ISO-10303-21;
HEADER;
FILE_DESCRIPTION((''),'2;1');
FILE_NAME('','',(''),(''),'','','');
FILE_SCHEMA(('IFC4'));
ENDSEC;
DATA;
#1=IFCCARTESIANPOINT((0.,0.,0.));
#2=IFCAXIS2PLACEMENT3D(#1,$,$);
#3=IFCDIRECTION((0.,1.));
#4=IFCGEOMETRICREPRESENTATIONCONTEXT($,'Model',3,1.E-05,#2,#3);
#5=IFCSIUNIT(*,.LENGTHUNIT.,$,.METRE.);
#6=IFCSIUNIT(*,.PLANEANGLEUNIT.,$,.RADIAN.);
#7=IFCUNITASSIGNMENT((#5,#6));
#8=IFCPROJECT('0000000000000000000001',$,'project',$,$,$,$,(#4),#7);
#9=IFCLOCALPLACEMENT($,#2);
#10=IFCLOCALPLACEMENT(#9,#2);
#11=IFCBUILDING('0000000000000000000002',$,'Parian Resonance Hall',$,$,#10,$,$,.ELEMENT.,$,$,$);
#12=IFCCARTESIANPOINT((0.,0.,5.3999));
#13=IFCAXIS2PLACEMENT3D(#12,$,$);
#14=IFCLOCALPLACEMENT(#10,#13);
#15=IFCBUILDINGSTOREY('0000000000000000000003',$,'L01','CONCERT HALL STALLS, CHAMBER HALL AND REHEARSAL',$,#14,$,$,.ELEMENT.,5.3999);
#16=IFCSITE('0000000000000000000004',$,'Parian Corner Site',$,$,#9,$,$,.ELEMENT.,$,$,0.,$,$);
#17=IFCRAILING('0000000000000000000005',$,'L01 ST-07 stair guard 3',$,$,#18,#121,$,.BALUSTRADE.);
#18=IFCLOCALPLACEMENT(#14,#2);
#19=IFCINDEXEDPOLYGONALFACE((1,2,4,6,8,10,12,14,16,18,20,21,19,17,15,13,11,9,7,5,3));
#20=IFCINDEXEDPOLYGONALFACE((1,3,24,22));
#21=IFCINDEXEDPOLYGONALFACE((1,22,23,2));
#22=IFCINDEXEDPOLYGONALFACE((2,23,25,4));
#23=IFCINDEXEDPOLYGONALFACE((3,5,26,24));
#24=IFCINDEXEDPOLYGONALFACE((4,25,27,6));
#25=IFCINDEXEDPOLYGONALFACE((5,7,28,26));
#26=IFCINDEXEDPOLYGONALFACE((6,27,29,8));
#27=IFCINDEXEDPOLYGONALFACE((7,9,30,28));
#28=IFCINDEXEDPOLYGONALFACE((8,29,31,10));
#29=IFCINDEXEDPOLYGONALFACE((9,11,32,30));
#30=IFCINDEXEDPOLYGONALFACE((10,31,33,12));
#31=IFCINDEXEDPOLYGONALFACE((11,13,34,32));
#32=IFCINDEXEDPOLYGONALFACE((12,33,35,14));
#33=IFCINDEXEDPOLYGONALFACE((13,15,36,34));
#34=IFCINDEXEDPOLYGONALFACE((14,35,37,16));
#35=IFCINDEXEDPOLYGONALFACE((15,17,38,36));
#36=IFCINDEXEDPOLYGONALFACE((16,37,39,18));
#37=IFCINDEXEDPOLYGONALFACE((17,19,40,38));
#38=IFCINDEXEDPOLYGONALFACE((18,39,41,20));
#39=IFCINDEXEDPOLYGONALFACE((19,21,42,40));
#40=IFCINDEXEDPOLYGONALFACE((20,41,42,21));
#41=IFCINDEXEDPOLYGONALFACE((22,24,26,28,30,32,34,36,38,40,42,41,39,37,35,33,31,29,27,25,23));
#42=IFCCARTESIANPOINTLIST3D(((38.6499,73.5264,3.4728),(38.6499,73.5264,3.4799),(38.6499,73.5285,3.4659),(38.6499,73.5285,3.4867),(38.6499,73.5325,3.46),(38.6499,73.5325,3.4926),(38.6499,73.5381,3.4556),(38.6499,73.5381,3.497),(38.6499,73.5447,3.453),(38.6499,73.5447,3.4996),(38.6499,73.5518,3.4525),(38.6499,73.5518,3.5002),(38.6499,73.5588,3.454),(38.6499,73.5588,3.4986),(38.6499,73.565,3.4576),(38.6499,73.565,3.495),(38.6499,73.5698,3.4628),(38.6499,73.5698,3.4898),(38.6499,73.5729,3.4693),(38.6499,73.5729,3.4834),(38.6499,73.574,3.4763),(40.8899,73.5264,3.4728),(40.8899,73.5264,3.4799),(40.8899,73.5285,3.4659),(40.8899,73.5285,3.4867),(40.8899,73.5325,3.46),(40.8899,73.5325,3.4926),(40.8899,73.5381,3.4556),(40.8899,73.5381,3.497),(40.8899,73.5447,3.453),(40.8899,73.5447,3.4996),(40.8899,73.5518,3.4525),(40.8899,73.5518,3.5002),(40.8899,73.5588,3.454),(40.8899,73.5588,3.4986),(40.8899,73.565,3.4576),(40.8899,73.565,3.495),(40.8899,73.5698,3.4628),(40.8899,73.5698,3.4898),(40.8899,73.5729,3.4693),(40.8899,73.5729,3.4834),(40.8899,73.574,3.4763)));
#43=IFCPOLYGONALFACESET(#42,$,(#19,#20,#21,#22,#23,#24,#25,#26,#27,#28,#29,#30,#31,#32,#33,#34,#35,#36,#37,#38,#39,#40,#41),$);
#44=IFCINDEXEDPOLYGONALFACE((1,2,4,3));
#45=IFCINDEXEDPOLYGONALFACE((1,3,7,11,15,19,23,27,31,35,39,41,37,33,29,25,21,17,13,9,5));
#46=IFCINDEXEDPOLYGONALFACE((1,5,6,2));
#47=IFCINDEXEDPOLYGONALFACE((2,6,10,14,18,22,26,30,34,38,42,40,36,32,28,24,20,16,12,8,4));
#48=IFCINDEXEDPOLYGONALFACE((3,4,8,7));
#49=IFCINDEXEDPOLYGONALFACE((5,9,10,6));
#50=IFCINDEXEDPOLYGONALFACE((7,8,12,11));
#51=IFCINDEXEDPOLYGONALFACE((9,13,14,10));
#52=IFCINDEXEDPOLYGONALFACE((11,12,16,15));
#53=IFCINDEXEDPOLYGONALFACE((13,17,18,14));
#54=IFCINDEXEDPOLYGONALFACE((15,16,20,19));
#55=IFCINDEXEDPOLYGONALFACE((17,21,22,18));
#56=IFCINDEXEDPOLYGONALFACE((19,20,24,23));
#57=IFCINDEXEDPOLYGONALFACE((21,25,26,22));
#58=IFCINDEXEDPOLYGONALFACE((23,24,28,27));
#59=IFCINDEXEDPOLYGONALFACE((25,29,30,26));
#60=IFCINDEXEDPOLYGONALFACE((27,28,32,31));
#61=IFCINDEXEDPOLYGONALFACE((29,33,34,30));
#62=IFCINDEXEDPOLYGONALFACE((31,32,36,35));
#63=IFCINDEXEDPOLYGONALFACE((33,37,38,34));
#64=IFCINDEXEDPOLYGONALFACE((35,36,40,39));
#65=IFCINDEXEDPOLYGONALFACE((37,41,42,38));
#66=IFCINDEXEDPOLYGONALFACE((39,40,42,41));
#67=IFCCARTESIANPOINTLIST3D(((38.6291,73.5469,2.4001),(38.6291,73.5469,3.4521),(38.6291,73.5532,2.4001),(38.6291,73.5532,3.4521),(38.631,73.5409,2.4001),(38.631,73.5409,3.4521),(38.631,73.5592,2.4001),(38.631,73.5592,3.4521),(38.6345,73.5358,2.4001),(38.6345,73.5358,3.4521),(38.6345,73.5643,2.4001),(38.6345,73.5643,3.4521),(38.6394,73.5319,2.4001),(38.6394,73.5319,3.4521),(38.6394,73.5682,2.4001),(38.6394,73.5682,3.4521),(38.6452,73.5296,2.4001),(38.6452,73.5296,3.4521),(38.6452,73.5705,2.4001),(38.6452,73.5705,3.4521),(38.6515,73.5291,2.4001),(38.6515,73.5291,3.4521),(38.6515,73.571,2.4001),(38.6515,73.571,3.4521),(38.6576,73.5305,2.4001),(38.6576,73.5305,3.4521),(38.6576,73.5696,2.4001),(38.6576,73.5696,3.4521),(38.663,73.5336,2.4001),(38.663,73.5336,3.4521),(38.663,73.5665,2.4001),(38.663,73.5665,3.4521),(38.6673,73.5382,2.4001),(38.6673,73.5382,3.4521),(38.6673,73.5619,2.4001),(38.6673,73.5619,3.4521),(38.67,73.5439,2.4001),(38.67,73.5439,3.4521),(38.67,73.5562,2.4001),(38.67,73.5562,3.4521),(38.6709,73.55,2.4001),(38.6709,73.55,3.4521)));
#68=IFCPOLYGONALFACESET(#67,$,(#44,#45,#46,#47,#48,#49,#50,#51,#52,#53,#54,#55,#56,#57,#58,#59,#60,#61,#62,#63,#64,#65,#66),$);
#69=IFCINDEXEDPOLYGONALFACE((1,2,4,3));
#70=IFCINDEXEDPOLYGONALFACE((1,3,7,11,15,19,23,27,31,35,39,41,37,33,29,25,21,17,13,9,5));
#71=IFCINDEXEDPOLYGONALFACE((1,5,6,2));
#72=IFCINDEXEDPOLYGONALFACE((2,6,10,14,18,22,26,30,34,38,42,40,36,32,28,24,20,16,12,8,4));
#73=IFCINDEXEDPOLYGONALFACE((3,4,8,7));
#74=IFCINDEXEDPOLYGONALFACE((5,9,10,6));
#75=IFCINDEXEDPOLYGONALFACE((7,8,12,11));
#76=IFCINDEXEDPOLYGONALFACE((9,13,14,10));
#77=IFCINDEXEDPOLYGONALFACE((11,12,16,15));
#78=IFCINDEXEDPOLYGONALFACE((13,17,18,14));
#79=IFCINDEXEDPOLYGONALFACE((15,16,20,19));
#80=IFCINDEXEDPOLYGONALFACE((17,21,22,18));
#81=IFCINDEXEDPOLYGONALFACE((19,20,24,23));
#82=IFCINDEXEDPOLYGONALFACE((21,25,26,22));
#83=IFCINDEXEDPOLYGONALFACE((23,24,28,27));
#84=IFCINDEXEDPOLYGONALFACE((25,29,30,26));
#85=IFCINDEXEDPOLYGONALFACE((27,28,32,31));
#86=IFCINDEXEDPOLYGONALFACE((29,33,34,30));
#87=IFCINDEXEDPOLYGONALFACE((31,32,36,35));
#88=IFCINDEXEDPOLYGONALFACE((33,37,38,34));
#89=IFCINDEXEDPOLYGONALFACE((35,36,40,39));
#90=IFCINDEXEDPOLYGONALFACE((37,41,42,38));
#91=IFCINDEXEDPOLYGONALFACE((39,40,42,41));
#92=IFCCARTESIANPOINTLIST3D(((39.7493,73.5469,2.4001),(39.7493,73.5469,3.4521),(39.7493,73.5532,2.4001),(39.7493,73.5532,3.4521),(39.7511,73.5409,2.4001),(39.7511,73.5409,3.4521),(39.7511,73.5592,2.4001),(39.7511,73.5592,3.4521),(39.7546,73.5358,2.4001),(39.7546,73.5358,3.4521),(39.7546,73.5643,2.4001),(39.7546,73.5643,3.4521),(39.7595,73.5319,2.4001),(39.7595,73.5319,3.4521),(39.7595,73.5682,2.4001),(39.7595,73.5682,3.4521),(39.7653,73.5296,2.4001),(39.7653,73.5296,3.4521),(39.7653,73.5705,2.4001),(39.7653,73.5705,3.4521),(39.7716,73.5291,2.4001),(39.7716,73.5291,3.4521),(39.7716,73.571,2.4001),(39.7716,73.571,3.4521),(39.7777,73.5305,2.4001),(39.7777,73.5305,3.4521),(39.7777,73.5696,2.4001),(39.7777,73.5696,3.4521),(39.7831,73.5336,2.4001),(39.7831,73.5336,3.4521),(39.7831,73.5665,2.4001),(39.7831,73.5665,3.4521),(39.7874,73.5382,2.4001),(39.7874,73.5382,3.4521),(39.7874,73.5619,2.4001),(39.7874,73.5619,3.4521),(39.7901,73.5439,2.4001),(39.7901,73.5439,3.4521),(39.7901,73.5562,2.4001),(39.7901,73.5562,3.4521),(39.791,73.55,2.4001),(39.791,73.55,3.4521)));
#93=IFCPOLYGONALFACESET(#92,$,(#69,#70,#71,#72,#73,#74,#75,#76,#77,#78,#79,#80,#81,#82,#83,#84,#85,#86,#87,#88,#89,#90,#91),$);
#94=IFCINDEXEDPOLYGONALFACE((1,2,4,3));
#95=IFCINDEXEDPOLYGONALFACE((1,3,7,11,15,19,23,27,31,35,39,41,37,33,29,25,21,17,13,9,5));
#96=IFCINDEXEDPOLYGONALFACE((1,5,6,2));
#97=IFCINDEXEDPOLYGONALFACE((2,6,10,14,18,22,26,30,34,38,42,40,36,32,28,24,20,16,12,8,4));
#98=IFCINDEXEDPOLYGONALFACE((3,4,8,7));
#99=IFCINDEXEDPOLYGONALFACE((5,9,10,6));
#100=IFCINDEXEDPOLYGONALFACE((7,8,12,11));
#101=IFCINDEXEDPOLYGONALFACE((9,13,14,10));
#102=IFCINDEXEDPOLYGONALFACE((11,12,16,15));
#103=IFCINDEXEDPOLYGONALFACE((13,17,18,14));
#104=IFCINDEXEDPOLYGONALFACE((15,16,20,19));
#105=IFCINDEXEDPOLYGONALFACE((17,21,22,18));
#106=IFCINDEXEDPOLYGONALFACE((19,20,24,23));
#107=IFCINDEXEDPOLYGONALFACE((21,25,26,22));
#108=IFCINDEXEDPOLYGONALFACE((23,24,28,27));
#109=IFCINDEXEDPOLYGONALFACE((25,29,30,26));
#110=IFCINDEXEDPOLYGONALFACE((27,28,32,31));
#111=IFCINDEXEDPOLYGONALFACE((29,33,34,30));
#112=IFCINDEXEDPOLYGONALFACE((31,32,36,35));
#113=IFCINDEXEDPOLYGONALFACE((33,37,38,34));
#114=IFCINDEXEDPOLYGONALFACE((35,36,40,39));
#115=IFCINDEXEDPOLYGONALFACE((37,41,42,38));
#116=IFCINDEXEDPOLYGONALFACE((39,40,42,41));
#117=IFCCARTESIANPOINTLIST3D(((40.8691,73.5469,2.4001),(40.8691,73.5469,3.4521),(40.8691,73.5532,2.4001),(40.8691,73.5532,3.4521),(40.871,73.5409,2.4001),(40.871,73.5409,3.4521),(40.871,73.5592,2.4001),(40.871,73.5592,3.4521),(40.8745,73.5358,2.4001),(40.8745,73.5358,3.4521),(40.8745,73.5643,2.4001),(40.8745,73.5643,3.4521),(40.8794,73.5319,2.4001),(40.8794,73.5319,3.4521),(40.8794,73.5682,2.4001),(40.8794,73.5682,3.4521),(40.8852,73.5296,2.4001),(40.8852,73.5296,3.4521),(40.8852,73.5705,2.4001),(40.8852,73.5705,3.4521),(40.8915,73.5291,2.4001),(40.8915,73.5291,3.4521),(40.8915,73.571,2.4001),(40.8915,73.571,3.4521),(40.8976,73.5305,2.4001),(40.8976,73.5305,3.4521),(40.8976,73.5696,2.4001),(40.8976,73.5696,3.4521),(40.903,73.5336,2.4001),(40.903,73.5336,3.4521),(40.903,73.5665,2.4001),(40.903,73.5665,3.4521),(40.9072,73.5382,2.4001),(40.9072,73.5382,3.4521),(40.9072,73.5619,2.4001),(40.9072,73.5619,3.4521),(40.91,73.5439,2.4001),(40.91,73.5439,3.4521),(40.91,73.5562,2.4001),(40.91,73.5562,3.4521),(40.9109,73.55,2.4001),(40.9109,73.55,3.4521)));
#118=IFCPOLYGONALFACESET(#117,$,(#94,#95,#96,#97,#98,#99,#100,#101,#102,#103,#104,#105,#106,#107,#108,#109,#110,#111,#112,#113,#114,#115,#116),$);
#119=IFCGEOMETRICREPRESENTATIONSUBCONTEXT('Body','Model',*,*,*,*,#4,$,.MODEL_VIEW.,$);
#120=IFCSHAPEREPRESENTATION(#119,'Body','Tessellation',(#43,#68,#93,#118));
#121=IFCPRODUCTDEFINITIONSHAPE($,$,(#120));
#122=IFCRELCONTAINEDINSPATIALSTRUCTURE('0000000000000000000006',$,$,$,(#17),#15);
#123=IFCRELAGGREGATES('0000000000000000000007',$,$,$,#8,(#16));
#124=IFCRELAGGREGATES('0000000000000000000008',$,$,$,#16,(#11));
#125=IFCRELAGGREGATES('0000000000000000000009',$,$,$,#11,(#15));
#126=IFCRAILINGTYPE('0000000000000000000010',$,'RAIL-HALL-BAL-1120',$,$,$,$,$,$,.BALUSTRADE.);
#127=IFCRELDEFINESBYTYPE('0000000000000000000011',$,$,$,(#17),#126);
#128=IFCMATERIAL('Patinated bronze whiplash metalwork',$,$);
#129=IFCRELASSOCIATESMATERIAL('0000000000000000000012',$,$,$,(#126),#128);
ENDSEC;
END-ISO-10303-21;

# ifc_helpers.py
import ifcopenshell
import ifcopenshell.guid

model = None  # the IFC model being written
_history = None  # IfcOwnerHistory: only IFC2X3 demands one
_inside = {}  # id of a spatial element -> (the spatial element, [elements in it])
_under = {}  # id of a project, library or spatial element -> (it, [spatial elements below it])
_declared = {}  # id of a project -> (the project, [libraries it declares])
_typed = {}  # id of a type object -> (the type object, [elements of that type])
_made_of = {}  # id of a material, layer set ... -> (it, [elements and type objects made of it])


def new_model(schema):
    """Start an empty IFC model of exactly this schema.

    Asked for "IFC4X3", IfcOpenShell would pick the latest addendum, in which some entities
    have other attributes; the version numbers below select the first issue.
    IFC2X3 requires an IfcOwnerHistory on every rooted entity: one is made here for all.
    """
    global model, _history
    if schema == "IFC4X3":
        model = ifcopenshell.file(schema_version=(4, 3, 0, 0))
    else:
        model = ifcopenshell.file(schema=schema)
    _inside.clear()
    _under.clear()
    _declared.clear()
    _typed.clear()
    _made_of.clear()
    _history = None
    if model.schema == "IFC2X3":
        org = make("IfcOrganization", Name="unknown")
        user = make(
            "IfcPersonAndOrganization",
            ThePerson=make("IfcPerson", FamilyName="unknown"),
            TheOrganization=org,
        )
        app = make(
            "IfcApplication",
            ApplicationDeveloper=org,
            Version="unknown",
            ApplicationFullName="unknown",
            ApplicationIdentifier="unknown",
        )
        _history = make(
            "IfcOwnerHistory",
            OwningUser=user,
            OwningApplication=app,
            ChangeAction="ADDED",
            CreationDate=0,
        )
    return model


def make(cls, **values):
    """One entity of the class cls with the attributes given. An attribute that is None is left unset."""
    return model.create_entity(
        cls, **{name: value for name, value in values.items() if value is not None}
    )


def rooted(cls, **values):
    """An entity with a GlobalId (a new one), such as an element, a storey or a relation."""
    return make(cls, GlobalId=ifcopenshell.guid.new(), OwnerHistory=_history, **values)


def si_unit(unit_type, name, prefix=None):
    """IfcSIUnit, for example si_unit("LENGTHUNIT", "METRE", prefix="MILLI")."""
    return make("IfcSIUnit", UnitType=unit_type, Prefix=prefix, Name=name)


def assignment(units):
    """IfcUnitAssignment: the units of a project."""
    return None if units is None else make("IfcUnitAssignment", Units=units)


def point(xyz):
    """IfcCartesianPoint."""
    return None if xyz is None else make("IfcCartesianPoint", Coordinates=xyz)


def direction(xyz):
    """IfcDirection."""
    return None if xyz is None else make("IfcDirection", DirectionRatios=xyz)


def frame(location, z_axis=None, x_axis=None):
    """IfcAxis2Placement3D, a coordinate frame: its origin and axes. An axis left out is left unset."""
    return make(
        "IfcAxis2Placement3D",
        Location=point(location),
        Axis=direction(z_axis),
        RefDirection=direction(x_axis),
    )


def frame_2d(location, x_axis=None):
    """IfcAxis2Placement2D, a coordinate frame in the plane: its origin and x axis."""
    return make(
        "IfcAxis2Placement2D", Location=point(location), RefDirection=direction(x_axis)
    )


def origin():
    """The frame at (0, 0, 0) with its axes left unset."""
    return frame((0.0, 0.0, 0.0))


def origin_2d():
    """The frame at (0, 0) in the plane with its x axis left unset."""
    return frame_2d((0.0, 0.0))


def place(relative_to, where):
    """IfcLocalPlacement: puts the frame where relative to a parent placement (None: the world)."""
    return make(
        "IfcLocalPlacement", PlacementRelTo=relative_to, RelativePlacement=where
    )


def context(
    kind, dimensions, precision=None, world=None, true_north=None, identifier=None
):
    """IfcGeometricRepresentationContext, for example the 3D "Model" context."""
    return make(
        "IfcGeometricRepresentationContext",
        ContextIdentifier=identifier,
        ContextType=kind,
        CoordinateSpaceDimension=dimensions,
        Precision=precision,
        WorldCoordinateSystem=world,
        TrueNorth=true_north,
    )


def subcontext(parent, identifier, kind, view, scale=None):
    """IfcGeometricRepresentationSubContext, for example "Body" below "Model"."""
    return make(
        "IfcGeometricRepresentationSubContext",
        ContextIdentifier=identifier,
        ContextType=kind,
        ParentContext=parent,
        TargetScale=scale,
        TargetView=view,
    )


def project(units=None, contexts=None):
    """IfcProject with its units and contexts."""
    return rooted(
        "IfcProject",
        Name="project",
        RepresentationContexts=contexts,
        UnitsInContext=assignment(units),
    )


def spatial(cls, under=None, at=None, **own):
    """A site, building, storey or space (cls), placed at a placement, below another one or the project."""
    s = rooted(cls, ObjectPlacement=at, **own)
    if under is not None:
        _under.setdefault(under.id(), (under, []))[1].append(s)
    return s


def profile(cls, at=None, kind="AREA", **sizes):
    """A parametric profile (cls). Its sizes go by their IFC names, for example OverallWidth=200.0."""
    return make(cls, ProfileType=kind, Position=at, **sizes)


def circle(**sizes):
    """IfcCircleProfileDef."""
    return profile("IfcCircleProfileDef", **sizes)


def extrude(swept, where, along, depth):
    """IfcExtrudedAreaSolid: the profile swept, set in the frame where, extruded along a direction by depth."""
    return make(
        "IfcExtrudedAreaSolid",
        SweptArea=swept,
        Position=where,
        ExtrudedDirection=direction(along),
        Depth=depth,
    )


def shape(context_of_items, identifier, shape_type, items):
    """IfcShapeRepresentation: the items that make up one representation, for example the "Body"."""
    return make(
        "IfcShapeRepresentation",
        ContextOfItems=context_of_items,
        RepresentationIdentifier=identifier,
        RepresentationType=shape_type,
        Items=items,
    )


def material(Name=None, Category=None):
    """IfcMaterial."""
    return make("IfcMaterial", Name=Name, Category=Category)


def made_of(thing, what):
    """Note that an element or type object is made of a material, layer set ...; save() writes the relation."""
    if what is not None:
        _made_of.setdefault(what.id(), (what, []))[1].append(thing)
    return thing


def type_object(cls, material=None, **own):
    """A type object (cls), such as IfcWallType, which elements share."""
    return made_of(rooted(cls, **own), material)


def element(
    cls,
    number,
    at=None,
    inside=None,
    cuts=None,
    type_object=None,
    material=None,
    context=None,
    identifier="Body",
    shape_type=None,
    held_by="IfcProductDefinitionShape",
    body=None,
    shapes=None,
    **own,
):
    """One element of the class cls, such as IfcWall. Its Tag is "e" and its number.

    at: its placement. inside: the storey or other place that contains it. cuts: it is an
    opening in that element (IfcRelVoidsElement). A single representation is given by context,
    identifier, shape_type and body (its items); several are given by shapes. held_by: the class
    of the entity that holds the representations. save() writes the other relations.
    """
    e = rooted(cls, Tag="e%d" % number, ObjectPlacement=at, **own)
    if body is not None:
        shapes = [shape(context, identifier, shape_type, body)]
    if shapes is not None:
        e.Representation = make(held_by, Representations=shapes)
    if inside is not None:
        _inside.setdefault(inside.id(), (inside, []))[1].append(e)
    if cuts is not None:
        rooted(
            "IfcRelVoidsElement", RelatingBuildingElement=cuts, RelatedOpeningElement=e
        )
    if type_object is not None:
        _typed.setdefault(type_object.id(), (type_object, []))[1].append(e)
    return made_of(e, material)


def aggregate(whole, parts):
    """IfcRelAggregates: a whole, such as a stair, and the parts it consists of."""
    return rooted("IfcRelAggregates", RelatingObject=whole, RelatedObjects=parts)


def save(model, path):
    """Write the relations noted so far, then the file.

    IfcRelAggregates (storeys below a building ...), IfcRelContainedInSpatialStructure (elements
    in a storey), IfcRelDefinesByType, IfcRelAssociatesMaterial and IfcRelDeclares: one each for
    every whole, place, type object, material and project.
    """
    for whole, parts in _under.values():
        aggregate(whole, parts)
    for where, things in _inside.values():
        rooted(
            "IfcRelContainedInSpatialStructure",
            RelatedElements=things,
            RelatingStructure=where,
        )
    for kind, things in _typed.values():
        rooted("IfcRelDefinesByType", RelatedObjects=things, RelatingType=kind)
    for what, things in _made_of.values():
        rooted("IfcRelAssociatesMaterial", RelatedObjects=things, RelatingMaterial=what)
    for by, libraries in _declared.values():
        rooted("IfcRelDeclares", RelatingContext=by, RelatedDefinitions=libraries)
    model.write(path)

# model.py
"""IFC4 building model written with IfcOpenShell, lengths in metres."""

from ifc_helpers import new_model, si_unit, direction, frame, origin, origin_2d, place, context, subcontext, project, spatial, circle, extrude, material, type_object, element, save


model = new_model("IFC4")

# Units and contexts
model_context = context("Model", 3, precision=1e-05, world=origin(), true_north=direction((0.0, 1.0)))
body_context = subcontext(model_context, "Body", "Model", "MODEL_VIEW")
ifc_project = project(units=[si_unit("LENGTHUNIT", "METRE"), si_unit("PLANEANGLEUNIT", "RADIAN")], contexts=[model_context])

# Site, building, storey
site_placement = place(None, origin())
site = spatial("IfcSite", under=ifc_project, at=site_placement, Name="Parian Corner Site", CompositionType="ELEMENT", RefElevation=0.0)
building_placement = place(site_placement, origin())
building = spatial("IfcBuilding", under=site, at=building_placement, Name="Parian Resonance Hall", CompositionType="ELEMENT")
storey_placement = place(building_placement, frame((0.0, 0.0, 5.3999)))
storey = spatial("IfcBuildingStorey", under=building, at=storey_placement, Name="L01", Description="CONCERT HALL STALLS, CHAMBER HALL AND REHEARSAL", CompositionType="ELEMENT", Elevation=5.3999)

# Railing
ifc_material_1 = material(Name="Patinated bronze whiplash metalwork")
railing_type_1 = type_object("IfcRailingType", Name="RAIL-HALL-BAL-1120", PredefinedType="BALUSTRADE", material=ifc_material_1)
railing_1_placement = place(storey_placement, frame((38.6499, 73.55, 2.4001)))
element("IfcRailing", 1, at=railing_1_placement, inside=storey, type_object=railing_type_1, Name="L01 ST-07 stair guard 3", PredefinedType="BALUSTRADE", context=body_context, shape_type="SweptSolid", body=[
    extrude(circle(Radius=0.0239, at=origin_2d()), frame((0.0, 0.0, 1.0762), z_axis=(1.0, 0.0, 0.0), x_axis=(0.0, 1.0, 0.0)), (0.0, 0.0, 1.0), 2.24),
    extrude(circle(Radius=0.021, at=origin_2d()), origin(), (0.0, 0.0, 1.0), 1.052),
    extrude(circle(Radius=0.021, at=origin_2d()), frame((1.1201, 0.0, 0.0)), (0.0, 0.0, 1.0), 1.052),
    extrude(circle(Radius=0.021, at=origin_2d()), frame((2.24, 0.0, 0.0)), (0.0, 0.0, 1.0), 1.052),
])

save(model, "model.ifc")
